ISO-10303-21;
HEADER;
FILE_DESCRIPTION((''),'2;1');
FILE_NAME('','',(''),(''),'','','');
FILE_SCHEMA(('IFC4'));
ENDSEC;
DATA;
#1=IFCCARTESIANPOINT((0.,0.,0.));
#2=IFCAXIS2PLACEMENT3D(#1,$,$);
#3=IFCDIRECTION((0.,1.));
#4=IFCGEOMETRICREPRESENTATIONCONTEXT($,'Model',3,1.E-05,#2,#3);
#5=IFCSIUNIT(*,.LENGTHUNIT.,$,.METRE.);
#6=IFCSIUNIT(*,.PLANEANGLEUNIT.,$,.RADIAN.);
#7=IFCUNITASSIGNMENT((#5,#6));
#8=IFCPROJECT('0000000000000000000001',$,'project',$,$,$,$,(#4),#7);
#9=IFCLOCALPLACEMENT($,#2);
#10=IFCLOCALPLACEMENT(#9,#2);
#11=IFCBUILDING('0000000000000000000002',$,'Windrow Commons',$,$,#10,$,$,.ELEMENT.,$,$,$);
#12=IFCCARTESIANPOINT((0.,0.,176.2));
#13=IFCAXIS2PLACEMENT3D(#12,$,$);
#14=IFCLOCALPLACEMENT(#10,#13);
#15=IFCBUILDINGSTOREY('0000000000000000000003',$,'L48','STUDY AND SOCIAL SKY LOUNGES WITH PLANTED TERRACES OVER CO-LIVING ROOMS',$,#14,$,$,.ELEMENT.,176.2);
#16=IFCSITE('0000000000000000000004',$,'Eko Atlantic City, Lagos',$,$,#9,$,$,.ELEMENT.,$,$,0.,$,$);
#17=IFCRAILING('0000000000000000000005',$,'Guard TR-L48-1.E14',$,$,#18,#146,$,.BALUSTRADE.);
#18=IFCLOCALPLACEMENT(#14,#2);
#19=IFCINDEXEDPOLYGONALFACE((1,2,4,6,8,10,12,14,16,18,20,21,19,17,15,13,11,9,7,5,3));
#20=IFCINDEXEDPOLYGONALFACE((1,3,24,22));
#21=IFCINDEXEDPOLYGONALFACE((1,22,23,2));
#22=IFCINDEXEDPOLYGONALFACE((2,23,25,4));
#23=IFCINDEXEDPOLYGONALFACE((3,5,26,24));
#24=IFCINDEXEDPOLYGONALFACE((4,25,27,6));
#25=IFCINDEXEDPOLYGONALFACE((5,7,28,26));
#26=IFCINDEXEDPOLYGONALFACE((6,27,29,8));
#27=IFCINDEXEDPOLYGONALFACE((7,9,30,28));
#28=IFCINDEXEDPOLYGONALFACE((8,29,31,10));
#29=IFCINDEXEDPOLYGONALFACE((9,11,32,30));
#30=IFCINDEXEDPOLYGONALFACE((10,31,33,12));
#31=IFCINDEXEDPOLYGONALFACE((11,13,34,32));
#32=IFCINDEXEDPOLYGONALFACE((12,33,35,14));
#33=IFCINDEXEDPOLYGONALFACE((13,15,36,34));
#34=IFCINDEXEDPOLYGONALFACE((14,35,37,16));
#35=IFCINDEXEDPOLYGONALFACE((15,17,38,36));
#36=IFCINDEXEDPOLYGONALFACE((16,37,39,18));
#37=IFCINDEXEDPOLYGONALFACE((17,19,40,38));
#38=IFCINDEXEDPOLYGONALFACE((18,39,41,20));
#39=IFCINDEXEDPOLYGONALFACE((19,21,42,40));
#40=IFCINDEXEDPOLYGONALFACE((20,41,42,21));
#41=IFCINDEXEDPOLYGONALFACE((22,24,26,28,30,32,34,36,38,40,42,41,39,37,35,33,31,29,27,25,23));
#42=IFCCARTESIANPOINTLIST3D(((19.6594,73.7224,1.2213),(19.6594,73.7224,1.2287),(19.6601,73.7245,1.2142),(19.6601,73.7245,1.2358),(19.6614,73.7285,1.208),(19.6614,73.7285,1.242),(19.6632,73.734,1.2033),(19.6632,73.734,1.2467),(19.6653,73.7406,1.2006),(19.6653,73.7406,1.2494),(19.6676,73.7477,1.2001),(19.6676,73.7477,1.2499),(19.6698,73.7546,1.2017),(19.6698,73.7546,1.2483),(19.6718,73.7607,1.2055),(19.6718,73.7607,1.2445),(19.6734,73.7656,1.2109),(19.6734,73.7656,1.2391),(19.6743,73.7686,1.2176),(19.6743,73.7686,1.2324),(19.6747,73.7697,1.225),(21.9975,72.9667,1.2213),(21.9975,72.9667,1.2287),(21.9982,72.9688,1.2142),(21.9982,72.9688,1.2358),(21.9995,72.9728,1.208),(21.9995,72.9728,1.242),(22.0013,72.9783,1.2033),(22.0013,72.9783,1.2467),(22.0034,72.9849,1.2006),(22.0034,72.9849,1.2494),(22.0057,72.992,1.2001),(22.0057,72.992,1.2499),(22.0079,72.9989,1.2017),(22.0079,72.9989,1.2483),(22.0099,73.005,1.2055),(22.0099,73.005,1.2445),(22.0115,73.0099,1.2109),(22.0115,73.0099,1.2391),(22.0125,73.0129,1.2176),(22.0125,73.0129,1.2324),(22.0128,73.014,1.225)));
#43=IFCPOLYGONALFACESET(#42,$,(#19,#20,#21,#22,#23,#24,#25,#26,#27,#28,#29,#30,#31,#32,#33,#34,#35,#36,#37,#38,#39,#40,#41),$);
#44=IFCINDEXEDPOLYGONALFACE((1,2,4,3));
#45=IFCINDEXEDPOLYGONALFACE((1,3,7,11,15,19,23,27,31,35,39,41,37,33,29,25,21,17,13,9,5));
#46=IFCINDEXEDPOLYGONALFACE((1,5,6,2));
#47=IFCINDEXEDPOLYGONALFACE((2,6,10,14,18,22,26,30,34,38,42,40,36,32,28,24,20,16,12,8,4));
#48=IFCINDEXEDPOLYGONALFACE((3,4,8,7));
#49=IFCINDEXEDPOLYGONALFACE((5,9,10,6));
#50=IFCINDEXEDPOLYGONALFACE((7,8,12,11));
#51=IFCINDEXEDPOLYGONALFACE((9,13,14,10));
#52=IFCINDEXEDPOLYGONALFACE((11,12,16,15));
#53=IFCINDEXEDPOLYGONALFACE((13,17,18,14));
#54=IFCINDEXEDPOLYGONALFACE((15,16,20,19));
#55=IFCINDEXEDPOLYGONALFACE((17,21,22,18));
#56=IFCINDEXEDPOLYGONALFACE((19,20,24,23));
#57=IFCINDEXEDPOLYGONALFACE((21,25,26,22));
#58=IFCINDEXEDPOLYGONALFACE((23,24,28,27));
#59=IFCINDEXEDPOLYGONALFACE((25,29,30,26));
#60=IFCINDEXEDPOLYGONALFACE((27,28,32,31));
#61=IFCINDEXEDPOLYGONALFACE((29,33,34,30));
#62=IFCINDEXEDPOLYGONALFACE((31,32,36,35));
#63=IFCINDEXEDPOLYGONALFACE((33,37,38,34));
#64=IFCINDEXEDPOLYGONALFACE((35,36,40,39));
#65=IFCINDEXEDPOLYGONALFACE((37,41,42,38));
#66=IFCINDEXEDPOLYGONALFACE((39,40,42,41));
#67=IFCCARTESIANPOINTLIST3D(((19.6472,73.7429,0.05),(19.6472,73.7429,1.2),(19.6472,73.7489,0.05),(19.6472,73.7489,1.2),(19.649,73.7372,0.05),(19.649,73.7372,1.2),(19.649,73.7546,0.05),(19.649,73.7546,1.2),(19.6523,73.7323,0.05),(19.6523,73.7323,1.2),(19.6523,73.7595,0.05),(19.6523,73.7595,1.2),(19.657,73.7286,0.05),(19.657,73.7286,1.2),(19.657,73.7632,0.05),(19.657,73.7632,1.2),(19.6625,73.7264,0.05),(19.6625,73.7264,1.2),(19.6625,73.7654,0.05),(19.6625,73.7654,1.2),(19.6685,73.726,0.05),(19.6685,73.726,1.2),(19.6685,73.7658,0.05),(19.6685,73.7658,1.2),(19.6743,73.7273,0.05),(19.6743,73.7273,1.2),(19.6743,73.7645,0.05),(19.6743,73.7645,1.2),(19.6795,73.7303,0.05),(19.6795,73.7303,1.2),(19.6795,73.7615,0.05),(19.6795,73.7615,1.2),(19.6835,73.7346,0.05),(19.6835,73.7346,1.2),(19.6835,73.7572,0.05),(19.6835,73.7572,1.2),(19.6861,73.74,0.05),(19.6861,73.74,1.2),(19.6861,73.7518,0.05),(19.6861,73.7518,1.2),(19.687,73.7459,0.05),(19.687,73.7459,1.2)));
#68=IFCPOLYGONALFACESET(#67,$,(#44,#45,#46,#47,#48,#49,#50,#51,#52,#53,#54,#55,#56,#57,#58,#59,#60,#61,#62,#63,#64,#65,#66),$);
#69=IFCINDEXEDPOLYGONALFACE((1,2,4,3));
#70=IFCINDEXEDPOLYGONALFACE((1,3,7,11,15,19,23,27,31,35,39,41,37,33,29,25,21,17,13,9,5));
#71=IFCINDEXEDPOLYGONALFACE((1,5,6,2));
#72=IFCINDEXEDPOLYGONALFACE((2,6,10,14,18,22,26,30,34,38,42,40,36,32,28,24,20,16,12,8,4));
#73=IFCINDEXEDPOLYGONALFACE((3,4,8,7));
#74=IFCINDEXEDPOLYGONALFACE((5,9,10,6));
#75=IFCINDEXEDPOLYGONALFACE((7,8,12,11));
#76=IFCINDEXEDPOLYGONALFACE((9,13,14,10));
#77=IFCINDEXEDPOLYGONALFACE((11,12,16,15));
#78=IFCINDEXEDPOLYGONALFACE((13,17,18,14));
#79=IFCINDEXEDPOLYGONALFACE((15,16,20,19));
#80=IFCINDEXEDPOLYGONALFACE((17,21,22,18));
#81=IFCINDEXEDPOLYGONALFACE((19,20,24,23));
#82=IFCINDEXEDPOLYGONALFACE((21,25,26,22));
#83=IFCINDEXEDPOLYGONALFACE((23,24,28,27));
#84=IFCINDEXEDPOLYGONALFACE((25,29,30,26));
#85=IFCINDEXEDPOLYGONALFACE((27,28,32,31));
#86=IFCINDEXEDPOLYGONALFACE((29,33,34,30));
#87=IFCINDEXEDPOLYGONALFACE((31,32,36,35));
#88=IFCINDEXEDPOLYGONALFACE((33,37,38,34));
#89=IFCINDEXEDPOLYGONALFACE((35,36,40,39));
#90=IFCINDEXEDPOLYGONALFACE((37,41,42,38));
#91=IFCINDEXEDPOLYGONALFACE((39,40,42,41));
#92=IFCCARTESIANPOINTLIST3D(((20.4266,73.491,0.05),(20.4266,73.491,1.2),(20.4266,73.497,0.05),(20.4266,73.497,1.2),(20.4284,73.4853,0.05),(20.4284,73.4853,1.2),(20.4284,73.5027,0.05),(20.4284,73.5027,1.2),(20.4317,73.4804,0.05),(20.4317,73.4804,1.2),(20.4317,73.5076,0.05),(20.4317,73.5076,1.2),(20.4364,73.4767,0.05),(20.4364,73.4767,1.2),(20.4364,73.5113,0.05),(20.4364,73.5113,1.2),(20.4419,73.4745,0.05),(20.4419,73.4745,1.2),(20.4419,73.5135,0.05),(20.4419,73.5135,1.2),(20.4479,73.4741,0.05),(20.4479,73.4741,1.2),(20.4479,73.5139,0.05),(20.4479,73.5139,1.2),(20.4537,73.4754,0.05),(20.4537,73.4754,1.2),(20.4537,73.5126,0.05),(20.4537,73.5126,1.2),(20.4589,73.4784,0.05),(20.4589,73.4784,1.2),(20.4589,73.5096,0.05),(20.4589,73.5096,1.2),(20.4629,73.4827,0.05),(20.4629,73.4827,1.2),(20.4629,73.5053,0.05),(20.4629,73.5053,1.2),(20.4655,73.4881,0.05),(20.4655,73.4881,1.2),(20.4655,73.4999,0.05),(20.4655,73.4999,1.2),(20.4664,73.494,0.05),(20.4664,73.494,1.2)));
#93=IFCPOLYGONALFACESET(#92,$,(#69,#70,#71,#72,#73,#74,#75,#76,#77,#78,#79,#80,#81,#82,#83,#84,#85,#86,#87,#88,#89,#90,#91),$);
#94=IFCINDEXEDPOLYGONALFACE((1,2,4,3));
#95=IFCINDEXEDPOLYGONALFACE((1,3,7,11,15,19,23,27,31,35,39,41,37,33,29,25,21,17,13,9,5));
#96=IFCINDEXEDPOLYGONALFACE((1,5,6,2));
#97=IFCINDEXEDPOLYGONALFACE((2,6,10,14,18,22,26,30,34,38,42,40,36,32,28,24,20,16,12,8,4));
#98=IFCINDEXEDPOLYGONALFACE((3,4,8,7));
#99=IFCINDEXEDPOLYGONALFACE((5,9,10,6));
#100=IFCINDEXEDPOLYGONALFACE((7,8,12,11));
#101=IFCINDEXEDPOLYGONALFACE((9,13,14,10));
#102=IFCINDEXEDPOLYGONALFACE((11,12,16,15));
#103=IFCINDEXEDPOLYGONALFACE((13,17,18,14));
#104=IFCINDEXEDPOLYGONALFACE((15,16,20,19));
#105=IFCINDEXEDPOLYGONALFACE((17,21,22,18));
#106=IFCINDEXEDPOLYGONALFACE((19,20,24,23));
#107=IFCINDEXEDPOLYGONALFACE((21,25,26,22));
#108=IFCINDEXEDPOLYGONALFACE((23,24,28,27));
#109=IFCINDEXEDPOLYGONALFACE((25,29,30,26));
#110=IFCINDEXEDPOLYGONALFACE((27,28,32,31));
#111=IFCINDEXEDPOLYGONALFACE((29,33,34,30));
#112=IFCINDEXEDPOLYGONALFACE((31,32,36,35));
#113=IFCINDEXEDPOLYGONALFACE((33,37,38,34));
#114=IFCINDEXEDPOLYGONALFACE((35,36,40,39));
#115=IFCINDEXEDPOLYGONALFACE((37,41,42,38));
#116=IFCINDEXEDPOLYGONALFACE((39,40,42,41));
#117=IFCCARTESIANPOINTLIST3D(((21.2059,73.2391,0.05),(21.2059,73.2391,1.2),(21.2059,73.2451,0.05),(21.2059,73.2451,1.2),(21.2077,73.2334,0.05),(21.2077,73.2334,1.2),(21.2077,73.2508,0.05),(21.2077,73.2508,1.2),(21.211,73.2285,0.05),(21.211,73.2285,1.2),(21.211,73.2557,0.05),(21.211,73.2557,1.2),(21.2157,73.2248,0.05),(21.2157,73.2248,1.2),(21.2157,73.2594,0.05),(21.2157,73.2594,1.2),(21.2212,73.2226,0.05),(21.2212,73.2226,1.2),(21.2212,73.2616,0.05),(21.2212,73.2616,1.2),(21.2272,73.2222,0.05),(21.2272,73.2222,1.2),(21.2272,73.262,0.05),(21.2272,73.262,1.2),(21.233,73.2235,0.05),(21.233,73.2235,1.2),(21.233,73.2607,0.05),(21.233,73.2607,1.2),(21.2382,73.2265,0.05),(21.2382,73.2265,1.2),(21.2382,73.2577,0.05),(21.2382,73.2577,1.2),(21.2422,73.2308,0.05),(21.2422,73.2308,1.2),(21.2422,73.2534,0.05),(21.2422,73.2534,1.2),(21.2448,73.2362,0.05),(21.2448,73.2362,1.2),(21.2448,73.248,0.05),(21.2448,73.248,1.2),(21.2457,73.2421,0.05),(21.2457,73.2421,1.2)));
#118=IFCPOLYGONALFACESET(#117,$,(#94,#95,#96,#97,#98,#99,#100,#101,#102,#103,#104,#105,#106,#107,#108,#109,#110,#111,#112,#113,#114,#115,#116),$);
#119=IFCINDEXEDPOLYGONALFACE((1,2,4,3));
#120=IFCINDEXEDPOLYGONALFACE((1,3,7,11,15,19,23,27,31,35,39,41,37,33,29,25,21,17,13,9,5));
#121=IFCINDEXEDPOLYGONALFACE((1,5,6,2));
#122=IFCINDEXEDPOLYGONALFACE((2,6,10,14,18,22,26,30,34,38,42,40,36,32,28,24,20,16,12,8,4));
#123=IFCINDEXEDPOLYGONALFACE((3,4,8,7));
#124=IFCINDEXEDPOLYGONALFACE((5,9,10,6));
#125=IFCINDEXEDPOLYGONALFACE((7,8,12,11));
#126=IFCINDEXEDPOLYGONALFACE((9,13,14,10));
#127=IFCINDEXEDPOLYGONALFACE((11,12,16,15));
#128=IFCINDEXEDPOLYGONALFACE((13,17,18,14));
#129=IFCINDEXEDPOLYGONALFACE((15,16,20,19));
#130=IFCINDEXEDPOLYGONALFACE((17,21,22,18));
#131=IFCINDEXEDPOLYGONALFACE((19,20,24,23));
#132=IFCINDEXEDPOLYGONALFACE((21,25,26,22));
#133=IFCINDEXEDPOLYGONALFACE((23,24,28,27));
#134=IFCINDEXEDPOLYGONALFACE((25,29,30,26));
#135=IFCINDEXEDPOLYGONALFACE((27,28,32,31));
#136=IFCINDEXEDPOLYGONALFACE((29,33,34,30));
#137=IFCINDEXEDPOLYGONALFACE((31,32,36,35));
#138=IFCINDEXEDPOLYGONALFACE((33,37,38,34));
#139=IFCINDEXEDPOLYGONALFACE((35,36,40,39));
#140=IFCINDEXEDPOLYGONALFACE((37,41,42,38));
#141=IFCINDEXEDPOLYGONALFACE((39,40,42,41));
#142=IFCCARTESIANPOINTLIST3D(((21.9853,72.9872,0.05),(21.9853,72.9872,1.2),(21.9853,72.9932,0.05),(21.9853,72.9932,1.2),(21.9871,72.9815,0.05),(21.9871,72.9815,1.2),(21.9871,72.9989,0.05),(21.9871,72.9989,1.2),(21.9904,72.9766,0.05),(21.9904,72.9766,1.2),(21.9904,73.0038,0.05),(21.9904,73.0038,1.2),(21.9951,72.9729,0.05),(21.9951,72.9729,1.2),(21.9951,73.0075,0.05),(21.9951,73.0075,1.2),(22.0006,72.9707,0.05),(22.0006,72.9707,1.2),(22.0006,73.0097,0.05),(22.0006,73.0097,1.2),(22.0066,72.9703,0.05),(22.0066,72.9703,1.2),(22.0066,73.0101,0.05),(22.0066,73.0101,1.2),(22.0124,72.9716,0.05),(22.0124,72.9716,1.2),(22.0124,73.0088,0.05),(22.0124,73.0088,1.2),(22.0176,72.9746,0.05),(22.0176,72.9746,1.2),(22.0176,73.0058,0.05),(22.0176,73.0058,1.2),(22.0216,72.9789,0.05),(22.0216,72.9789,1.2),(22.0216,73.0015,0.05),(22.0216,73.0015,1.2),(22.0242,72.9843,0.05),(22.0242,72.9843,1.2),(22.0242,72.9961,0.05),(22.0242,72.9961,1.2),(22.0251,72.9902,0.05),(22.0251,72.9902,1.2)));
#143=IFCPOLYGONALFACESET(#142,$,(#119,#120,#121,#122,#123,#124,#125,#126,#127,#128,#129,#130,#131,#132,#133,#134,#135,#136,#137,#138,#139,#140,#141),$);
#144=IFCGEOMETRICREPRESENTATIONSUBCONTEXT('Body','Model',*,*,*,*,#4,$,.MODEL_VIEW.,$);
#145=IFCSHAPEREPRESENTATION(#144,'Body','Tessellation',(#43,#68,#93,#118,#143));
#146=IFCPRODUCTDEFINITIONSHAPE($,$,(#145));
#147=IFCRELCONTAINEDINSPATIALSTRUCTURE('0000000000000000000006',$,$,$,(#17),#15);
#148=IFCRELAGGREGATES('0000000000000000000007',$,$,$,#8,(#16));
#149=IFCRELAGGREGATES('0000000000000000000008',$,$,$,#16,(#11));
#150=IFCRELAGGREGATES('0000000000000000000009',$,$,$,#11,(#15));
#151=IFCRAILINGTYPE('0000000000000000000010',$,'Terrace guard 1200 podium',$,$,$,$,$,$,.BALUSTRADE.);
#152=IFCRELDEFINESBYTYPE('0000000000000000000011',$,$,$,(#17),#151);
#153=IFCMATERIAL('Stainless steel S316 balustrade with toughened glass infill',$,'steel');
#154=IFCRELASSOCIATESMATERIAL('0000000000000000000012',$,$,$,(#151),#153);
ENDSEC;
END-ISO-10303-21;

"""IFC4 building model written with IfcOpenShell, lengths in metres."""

from ifc_helpers import new_model, si_unit, direction, frame, origin, origin_2d, place, context, subcontext, project, spatial, circle, extrude, material, type_object, element, save


model = new_model("IFC4")

# Units and contexts
model_context = context("Model", 3, precision=1e-05, world=origin(), true_north=direction((0.0, 1.0)))
body_context = subcontext(model_context, "Body", "Model", "MODEL_VIEW")
ifc_project = project(units=[si_unit("LENGTHUNIT", "METRE"), si_unit("PLANEANGLEUNIT", "RADIAN")], contexts=[model_context])

# Site, building, storey
site_placement = place(None, origin())
site = spatial("IfcSite", under=ifc_project, at=site_placement, Name="Eko Atlantic City, Lagos", CompositionType="ELEMENT", RefElevation=0.0)
building_placement = place(site_placement, origin())
building = spatial("IfcBuilding", under=site, at=building_placement, Name="Windrow Commons", CompositionType="ELEMENT")
storey_placement = place(building_placement, frame((0.0, 0.0, 176.2)))
storey = spatial("IfcBuildingStorey", under=building, at=storey_placement, Name="L48", Description="STUDY AND SOCIAL SKY LOUNGES WITH PLANTED TERRACES OVER CO-LIVING ROOMS", CompositionType="ELEMENT", Elevation=176.2)

# Railing
ifc_material_1 = material(Name="Stainless steel S316 balustrade with toughened glass infill", Category="steel")
railing_type = type_object("IfcRailingType", Name="Terrace guard 1200 podium", PredefinedType="BALUSTRADE", material=ifc_material_1)
railing_1_placement = place(storey_placement, frame((19.667, 73.7459, 0.05)))
element("IfcRailing", 1, at=railing_1_placement, inside=storey, type_object=railing_type, Name="Guard TR-L48-1.E14", PredefinedType="BALUSTRADE", context=body_context, shape_type="SweptSolid", body=[
    extrude(circle(Radius=0.025, at=origin_2d()), frame((0.0, 0.0, 1.175), z_axis=(0.951533, -0.307546, 0.0), x_axis=(0.307546, 0.951533, 0.0)), (0.0, 0.0, 1.0), 2.4572),
    extrude(circle(Radius=0.02, at=origin_2d()), origin(), (0.0, 0.0, 1.0), 1.15),
    extrude(circle(Radius=0.02, at=origin_2d()), frame((0.7794, -0.2519, 0.0)), (0.0, 0.0, 1.0), 1.15),
    extrude(circle(Radius=0.02, at=origin_2d()), frame((1.5587, -0.5038, 0.0)), (0.0, 0.0, 1.0), 1.15),
    extrude(circle(Radius=0.02, at=origin_2d()), frame((2.3381, -0.7557, 0.0)), (0.0, 0.0, 1.0), 1.15),
])

save(model, "model.ifc")
